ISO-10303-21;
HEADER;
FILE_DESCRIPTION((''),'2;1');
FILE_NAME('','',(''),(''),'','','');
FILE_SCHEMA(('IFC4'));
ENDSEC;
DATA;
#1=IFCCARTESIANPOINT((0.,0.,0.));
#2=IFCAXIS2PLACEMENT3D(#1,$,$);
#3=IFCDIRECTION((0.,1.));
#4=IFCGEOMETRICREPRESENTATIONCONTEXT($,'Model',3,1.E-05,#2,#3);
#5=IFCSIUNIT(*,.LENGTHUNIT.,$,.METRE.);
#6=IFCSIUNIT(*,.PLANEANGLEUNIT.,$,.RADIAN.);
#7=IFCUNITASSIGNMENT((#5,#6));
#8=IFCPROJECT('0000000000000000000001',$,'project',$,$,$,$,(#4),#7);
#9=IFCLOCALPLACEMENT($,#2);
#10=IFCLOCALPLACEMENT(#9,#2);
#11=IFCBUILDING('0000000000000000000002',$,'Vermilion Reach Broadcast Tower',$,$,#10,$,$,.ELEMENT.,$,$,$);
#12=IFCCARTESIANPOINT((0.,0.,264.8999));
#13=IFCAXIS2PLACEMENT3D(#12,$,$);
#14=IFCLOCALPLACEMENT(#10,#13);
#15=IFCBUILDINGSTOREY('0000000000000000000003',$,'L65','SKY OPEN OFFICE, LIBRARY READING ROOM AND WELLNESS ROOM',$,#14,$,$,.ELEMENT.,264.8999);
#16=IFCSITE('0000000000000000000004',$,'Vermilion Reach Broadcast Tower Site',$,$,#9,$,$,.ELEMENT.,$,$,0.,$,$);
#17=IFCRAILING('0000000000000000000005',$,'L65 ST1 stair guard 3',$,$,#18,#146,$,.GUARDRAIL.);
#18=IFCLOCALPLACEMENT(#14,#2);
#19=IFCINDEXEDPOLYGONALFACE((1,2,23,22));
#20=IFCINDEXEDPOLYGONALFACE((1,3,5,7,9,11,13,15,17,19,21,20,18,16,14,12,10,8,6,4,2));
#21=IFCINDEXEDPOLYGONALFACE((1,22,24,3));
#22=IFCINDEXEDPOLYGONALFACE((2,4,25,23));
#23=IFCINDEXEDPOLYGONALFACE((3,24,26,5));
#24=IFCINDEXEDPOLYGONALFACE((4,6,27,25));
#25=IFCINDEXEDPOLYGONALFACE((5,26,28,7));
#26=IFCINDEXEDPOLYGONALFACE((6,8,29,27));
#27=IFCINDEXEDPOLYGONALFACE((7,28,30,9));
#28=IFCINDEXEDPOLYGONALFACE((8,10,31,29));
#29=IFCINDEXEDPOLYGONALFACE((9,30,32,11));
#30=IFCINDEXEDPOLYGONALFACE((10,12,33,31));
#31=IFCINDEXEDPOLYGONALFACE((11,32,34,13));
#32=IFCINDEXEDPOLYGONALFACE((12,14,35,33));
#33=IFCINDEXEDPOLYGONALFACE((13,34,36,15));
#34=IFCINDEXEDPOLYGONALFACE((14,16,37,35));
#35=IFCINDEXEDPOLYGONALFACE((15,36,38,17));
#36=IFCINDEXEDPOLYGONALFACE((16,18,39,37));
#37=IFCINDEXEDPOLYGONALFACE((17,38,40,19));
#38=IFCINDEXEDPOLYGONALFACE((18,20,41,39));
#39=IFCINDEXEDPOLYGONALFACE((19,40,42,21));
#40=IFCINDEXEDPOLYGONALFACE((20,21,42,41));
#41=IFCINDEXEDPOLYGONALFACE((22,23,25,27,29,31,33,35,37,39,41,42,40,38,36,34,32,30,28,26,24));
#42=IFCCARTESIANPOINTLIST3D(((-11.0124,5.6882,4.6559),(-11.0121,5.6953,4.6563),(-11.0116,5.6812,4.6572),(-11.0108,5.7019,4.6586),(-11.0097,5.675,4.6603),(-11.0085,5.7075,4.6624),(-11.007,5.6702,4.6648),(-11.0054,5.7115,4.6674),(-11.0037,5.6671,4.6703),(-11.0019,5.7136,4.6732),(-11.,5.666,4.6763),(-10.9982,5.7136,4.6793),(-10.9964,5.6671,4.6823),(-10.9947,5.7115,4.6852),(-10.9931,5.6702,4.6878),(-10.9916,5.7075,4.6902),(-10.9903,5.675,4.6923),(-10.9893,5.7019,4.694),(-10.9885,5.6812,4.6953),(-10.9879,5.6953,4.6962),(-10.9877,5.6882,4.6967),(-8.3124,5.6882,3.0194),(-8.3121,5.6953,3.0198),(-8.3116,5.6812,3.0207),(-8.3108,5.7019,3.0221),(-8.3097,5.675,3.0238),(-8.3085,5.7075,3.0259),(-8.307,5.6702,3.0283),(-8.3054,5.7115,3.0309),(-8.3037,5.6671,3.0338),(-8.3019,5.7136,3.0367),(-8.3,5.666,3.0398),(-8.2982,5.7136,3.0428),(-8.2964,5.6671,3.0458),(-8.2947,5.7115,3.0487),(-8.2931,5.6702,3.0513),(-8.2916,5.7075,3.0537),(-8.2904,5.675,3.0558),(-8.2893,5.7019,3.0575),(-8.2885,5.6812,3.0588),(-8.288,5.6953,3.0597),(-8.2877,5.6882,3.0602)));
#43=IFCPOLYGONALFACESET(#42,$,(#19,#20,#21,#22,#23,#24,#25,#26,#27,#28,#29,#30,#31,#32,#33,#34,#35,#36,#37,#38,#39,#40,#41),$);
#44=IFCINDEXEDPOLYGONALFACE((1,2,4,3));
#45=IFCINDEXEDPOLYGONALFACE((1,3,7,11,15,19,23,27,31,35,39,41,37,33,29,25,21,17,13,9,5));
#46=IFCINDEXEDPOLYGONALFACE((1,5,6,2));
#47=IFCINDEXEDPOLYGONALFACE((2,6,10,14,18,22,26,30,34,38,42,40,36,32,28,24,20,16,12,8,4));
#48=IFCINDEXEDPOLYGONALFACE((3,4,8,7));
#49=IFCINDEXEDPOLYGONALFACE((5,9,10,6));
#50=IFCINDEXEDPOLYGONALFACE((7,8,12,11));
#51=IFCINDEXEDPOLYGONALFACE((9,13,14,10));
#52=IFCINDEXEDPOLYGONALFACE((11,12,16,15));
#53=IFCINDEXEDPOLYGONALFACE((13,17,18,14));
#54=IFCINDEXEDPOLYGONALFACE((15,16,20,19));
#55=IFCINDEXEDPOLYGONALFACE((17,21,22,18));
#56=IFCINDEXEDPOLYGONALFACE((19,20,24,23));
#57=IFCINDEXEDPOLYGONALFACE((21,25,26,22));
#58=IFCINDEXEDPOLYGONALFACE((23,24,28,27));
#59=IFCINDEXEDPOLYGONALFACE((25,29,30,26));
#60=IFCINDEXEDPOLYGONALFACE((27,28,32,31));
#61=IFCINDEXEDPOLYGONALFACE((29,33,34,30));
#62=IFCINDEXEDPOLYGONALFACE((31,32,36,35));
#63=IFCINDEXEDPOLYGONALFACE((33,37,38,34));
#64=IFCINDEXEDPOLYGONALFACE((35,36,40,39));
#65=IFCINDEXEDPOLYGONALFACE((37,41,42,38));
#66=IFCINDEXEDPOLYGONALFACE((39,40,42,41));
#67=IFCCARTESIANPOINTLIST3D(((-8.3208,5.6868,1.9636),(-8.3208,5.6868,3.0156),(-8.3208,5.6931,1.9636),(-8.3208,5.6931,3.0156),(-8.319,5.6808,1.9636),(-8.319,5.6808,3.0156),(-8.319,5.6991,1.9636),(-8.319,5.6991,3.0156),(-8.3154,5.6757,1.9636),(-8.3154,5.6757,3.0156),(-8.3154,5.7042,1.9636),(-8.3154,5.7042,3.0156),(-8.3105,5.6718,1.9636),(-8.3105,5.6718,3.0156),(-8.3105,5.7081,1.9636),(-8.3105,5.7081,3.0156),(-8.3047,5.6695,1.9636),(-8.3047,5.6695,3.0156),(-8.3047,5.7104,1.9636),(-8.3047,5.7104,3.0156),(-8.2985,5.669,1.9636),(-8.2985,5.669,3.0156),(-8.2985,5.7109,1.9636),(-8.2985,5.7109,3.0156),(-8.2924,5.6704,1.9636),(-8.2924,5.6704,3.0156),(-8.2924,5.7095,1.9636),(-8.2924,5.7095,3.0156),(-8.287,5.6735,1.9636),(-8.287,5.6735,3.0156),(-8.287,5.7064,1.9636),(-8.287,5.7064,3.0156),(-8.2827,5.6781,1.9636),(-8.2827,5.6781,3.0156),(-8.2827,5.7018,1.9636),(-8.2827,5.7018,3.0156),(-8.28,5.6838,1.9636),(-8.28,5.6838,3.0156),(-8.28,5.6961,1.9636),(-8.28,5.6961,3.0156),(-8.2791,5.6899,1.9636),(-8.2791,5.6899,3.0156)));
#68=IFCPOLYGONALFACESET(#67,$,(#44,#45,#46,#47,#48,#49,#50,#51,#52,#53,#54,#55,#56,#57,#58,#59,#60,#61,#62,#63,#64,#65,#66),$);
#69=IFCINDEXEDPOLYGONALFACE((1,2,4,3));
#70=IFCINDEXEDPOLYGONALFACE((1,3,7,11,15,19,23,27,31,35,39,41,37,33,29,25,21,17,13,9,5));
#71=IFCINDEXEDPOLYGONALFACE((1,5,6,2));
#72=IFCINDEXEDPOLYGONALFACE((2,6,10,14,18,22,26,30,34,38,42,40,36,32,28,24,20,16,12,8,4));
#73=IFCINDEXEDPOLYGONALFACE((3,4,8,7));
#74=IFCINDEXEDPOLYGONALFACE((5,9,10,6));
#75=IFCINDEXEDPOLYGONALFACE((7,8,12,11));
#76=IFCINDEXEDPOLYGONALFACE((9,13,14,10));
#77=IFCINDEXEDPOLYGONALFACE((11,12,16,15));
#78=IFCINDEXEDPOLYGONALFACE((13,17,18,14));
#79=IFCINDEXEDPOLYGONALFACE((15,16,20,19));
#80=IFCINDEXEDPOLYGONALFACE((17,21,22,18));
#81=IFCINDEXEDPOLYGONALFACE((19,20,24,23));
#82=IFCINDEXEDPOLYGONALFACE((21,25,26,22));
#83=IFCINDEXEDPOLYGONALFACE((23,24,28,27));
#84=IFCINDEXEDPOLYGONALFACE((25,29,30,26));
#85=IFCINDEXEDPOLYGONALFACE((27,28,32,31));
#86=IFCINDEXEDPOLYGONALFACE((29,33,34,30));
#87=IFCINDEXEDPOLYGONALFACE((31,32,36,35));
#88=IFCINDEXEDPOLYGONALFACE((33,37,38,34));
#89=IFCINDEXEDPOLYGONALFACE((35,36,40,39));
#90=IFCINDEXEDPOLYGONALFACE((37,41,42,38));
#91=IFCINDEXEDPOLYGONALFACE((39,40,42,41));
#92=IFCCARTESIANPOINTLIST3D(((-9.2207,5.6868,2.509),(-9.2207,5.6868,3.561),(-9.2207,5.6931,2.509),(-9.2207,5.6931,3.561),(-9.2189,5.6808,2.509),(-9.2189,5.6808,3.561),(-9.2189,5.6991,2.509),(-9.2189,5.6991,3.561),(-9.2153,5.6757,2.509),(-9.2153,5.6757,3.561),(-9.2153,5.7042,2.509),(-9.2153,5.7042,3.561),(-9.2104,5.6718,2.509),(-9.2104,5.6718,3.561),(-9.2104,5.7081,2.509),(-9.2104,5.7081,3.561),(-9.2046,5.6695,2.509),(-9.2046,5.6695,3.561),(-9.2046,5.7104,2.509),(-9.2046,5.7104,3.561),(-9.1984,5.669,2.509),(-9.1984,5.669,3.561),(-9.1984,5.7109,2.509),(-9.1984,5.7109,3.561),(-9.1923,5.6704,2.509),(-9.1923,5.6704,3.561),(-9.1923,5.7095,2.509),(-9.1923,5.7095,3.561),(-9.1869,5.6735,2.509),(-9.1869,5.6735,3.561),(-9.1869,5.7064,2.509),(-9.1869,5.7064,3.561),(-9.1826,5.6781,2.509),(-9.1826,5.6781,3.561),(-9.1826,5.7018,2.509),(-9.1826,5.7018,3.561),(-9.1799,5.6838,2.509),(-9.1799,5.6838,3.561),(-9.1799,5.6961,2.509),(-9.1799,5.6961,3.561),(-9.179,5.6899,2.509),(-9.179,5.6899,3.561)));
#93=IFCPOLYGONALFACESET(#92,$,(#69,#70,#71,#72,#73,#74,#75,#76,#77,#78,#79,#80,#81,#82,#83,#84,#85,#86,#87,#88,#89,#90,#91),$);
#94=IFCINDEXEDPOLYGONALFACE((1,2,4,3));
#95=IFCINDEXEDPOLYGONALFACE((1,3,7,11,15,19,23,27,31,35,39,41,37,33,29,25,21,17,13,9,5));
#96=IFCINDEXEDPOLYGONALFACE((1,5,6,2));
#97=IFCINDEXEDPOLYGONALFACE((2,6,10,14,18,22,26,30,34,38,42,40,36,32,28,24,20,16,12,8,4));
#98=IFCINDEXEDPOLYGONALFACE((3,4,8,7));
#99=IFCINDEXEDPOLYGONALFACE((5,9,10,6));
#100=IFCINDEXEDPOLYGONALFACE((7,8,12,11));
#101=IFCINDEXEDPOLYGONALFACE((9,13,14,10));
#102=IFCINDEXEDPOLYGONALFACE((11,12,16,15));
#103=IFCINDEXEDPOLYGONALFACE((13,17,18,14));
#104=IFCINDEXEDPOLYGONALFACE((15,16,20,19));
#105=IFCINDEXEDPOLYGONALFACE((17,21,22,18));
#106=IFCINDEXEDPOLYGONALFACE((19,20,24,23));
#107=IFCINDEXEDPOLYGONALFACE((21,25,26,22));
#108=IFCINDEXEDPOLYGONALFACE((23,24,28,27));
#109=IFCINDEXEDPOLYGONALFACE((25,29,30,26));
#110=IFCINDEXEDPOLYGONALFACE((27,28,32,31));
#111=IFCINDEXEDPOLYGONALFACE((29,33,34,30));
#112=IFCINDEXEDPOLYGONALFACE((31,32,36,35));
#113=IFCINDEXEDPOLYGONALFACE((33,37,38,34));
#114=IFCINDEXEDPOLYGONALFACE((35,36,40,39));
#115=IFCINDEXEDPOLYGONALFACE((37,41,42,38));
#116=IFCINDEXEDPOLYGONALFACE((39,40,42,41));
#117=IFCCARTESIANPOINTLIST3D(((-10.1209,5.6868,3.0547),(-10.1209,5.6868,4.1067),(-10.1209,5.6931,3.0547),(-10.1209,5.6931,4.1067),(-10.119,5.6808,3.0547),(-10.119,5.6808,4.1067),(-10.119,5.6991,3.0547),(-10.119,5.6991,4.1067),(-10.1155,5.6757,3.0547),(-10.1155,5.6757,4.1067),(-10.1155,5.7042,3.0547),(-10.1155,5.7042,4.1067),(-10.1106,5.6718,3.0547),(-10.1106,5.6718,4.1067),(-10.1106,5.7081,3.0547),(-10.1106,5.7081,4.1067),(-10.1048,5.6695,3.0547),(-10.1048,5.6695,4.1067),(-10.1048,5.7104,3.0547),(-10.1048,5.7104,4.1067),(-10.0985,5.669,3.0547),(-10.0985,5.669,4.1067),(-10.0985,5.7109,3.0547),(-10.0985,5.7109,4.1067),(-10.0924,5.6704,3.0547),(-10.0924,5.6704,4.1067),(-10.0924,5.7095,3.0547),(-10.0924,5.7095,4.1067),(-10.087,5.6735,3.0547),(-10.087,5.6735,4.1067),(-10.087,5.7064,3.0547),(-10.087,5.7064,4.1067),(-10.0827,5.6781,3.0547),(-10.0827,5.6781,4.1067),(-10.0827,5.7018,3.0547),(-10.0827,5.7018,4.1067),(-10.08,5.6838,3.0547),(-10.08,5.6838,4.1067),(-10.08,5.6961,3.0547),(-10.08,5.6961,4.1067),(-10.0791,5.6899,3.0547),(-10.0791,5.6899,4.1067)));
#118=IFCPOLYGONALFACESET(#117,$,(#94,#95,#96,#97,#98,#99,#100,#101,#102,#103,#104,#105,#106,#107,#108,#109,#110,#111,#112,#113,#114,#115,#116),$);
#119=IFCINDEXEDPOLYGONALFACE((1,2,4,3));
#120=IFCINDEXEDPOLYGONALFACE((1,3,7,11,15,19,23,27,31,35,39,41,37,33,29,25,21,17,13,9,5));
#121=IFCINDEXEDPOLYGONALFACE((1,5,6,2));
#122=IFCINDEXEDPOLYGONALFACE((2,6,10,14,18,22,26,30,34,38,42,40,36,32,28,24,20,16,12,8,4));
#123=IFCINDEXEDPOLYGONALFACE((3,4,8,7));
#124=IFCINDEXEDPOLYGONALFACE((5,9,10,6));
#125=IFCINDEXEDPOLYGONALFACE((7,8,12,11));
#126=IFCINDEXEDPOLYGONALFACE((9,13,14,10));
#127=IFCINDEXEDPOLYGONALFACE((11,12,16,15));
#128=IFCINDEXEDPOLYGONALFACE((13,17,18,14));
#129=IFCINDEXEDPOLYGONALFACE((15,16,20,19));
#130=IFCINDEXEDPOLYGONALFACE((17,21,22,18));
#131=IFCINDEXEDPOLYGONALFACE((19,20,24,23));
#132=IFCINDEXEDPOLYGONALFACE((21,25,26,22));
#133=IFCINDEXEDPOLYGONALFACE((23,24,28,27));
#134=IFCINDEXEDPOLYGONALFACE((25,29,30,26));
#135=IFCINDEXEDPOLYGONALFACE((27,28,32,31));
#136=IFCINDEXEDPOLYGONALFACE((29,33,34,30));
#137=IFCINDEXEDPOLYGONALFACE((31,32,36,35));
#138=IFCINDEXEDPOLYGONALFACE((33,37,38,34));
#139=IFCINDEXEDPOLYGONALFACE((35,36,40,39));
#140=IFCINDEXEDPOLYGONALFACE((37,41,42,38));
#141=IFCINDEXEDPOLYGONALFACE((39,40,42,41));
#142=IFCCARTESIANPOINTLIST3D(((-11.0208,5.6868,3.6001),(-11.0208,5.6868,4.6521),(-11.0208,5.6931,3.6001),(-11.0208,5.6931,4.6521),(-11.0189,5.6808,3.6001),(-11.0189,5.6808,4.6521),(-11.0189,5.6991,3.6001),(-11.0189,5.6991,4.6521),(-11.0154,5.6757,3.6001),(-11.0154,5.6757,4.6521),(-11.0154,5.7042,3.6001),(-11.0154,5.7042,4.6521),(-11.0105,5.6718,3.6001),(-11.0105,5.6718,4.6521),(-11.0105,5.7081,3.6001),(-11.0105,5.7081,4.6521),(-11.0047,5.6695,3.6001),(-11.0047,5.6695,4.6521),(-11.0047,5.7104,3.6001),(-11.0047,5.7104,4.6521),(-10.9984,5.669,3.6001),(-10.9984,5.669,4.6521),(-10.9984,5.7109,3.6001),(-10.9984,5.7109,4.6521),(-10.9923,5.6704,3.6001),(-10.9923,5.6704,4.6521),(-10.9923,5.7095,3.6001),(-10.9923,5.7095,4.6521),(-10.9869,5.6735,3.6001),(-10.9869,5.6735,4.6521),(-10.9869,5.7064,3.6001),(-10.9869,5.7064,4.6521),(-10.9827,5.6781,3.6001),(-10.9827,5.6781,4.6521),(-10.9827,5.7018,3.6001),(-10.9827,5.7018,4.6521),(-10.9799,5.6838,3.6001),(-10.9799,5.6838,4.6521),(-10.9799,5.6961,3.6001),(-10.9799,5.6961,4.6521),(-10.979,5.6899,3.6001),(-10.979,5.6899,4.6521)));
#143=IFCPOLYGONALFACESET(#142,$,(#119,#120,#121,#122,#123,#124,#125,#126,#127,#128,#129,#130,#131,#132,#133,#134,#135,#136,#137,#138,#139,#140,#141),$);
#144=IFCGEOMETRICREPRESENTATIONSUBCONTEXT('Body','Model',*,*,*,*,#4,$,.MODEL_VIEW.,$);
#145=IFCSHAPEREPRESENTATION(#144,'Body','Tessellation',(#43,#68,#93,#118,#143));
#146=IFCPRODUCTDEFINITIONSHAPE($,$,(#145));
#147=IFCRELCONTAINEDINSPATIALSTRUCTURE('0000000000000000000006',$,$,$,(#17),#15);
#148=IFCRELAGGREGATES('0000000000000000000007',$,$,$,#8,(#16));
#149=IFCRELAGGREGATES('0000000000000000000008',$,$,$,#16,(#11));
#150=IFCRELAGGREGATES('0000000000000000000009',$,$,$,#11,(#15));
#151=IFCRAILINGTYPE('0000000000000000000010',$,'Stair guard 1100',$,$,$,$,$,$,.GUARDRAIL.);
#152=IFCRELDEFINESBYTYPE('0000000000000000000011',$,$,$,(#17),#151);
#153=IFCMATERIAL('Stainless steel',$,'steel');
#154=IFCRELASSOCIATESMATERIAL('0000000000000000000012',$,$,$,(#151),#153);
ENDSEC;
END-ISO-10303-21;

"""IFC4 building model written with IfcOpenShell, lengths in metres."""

from ifc_helpers import new_model, si_unit, direction, frame, origin, origin_2d, place, context, subcontext, project, spatial, circle, extrude, material, type_object, element, save


model = new_model("IFC4")

# Units and contexts
model_context = context("Model", 3, precision=1e-05, world=origin(), true_north=direction((0.0, 1.0)))
body_context = subcontext(model_context, "Body", "Model", "MODEL_VIEW")
ifc_project = project(units=[si_unit("LENGTHUNIT", "METRE"), si_unit("PLANEANGLEUNIT", "RADIAN")], contexts=[model_context])

# Site, building, storey
site_placement = place(None, origin())
site = spatial("IfcSite", under=ifc_project, at=site_placement, Name="Vermilion Reach Broadcast Tower Site", CompositionType="ELEMENT", RefElevation=0.0)
building_placement = place(site_placement, origin())
building = spatial("IfcBuilding", under=site, at=building_placement, Name="Vermilion Reach Broadcast Tower", CompositionType="ELEMENT")
storey_placement = place(building_placement, frame((0.0, 0.0, 264.8999)))
storey = spatial("IfcBuildingStorey", under=building, at=storey_placement, Name="L65", Description="SKY OPEN OFFICE, LIBRARY READING ROOM AND WELLNESS ROOM", CompositionType="ELEMENT", Elevation=264.8999)

# Railing
ifc_material_1 = material(Name="Stainless steel", Category="steel")
railing_type_1 = type_object("IfcRailingType", Name="Stair guard 1100", PredefinedType="GUARDRAIL", material=ifc_material_1)
railing_1_placement = place(storey_placement, frame((-8.3, 5.6899, 1.9636)))
element("IfcRailing", 1, at=railing_1_placement, inside=storey, type_object=railing_type_1, Name="L65 ST1 stair guard 3", PredefinedType="GUARDRAIL", context=body_context, shape_type="SweptSolid", body=[
    extrude(circle(Radius=0.0239, at=origin_2d()), frame((0.0, 0.0, 1.0762), z_axis=(-0.855178, 0.0, 0.518334), x_axis=(0.0, -1.0, 0.0)), (0.0, 0.0, 1.0), 3.1572),
    extrude(circle(Radius=0.021, at=origin_2d()), origin(), (0.0, 0.0, 1.0), 1.052),
    extrude(circle(Radius=0.021, at=origin_2d()), frame((-0.8999, 0.0, 0.5454)), (0.0, 0.0, 1.0), 1.052),
    extrude(circle(Radius=0.021, at=origin_2d()), frame((-1.8, 0.0, 1.0911)), (0.0, 0.0, 1.0), 1.052),
    extrude(circle(Radius=0.021, at=origin_2d()), frame((-2.7, 0.0, 1.6365)), (0.0, 0.0, 1.0), 1.052),
])

save(model, "model.ifc")
